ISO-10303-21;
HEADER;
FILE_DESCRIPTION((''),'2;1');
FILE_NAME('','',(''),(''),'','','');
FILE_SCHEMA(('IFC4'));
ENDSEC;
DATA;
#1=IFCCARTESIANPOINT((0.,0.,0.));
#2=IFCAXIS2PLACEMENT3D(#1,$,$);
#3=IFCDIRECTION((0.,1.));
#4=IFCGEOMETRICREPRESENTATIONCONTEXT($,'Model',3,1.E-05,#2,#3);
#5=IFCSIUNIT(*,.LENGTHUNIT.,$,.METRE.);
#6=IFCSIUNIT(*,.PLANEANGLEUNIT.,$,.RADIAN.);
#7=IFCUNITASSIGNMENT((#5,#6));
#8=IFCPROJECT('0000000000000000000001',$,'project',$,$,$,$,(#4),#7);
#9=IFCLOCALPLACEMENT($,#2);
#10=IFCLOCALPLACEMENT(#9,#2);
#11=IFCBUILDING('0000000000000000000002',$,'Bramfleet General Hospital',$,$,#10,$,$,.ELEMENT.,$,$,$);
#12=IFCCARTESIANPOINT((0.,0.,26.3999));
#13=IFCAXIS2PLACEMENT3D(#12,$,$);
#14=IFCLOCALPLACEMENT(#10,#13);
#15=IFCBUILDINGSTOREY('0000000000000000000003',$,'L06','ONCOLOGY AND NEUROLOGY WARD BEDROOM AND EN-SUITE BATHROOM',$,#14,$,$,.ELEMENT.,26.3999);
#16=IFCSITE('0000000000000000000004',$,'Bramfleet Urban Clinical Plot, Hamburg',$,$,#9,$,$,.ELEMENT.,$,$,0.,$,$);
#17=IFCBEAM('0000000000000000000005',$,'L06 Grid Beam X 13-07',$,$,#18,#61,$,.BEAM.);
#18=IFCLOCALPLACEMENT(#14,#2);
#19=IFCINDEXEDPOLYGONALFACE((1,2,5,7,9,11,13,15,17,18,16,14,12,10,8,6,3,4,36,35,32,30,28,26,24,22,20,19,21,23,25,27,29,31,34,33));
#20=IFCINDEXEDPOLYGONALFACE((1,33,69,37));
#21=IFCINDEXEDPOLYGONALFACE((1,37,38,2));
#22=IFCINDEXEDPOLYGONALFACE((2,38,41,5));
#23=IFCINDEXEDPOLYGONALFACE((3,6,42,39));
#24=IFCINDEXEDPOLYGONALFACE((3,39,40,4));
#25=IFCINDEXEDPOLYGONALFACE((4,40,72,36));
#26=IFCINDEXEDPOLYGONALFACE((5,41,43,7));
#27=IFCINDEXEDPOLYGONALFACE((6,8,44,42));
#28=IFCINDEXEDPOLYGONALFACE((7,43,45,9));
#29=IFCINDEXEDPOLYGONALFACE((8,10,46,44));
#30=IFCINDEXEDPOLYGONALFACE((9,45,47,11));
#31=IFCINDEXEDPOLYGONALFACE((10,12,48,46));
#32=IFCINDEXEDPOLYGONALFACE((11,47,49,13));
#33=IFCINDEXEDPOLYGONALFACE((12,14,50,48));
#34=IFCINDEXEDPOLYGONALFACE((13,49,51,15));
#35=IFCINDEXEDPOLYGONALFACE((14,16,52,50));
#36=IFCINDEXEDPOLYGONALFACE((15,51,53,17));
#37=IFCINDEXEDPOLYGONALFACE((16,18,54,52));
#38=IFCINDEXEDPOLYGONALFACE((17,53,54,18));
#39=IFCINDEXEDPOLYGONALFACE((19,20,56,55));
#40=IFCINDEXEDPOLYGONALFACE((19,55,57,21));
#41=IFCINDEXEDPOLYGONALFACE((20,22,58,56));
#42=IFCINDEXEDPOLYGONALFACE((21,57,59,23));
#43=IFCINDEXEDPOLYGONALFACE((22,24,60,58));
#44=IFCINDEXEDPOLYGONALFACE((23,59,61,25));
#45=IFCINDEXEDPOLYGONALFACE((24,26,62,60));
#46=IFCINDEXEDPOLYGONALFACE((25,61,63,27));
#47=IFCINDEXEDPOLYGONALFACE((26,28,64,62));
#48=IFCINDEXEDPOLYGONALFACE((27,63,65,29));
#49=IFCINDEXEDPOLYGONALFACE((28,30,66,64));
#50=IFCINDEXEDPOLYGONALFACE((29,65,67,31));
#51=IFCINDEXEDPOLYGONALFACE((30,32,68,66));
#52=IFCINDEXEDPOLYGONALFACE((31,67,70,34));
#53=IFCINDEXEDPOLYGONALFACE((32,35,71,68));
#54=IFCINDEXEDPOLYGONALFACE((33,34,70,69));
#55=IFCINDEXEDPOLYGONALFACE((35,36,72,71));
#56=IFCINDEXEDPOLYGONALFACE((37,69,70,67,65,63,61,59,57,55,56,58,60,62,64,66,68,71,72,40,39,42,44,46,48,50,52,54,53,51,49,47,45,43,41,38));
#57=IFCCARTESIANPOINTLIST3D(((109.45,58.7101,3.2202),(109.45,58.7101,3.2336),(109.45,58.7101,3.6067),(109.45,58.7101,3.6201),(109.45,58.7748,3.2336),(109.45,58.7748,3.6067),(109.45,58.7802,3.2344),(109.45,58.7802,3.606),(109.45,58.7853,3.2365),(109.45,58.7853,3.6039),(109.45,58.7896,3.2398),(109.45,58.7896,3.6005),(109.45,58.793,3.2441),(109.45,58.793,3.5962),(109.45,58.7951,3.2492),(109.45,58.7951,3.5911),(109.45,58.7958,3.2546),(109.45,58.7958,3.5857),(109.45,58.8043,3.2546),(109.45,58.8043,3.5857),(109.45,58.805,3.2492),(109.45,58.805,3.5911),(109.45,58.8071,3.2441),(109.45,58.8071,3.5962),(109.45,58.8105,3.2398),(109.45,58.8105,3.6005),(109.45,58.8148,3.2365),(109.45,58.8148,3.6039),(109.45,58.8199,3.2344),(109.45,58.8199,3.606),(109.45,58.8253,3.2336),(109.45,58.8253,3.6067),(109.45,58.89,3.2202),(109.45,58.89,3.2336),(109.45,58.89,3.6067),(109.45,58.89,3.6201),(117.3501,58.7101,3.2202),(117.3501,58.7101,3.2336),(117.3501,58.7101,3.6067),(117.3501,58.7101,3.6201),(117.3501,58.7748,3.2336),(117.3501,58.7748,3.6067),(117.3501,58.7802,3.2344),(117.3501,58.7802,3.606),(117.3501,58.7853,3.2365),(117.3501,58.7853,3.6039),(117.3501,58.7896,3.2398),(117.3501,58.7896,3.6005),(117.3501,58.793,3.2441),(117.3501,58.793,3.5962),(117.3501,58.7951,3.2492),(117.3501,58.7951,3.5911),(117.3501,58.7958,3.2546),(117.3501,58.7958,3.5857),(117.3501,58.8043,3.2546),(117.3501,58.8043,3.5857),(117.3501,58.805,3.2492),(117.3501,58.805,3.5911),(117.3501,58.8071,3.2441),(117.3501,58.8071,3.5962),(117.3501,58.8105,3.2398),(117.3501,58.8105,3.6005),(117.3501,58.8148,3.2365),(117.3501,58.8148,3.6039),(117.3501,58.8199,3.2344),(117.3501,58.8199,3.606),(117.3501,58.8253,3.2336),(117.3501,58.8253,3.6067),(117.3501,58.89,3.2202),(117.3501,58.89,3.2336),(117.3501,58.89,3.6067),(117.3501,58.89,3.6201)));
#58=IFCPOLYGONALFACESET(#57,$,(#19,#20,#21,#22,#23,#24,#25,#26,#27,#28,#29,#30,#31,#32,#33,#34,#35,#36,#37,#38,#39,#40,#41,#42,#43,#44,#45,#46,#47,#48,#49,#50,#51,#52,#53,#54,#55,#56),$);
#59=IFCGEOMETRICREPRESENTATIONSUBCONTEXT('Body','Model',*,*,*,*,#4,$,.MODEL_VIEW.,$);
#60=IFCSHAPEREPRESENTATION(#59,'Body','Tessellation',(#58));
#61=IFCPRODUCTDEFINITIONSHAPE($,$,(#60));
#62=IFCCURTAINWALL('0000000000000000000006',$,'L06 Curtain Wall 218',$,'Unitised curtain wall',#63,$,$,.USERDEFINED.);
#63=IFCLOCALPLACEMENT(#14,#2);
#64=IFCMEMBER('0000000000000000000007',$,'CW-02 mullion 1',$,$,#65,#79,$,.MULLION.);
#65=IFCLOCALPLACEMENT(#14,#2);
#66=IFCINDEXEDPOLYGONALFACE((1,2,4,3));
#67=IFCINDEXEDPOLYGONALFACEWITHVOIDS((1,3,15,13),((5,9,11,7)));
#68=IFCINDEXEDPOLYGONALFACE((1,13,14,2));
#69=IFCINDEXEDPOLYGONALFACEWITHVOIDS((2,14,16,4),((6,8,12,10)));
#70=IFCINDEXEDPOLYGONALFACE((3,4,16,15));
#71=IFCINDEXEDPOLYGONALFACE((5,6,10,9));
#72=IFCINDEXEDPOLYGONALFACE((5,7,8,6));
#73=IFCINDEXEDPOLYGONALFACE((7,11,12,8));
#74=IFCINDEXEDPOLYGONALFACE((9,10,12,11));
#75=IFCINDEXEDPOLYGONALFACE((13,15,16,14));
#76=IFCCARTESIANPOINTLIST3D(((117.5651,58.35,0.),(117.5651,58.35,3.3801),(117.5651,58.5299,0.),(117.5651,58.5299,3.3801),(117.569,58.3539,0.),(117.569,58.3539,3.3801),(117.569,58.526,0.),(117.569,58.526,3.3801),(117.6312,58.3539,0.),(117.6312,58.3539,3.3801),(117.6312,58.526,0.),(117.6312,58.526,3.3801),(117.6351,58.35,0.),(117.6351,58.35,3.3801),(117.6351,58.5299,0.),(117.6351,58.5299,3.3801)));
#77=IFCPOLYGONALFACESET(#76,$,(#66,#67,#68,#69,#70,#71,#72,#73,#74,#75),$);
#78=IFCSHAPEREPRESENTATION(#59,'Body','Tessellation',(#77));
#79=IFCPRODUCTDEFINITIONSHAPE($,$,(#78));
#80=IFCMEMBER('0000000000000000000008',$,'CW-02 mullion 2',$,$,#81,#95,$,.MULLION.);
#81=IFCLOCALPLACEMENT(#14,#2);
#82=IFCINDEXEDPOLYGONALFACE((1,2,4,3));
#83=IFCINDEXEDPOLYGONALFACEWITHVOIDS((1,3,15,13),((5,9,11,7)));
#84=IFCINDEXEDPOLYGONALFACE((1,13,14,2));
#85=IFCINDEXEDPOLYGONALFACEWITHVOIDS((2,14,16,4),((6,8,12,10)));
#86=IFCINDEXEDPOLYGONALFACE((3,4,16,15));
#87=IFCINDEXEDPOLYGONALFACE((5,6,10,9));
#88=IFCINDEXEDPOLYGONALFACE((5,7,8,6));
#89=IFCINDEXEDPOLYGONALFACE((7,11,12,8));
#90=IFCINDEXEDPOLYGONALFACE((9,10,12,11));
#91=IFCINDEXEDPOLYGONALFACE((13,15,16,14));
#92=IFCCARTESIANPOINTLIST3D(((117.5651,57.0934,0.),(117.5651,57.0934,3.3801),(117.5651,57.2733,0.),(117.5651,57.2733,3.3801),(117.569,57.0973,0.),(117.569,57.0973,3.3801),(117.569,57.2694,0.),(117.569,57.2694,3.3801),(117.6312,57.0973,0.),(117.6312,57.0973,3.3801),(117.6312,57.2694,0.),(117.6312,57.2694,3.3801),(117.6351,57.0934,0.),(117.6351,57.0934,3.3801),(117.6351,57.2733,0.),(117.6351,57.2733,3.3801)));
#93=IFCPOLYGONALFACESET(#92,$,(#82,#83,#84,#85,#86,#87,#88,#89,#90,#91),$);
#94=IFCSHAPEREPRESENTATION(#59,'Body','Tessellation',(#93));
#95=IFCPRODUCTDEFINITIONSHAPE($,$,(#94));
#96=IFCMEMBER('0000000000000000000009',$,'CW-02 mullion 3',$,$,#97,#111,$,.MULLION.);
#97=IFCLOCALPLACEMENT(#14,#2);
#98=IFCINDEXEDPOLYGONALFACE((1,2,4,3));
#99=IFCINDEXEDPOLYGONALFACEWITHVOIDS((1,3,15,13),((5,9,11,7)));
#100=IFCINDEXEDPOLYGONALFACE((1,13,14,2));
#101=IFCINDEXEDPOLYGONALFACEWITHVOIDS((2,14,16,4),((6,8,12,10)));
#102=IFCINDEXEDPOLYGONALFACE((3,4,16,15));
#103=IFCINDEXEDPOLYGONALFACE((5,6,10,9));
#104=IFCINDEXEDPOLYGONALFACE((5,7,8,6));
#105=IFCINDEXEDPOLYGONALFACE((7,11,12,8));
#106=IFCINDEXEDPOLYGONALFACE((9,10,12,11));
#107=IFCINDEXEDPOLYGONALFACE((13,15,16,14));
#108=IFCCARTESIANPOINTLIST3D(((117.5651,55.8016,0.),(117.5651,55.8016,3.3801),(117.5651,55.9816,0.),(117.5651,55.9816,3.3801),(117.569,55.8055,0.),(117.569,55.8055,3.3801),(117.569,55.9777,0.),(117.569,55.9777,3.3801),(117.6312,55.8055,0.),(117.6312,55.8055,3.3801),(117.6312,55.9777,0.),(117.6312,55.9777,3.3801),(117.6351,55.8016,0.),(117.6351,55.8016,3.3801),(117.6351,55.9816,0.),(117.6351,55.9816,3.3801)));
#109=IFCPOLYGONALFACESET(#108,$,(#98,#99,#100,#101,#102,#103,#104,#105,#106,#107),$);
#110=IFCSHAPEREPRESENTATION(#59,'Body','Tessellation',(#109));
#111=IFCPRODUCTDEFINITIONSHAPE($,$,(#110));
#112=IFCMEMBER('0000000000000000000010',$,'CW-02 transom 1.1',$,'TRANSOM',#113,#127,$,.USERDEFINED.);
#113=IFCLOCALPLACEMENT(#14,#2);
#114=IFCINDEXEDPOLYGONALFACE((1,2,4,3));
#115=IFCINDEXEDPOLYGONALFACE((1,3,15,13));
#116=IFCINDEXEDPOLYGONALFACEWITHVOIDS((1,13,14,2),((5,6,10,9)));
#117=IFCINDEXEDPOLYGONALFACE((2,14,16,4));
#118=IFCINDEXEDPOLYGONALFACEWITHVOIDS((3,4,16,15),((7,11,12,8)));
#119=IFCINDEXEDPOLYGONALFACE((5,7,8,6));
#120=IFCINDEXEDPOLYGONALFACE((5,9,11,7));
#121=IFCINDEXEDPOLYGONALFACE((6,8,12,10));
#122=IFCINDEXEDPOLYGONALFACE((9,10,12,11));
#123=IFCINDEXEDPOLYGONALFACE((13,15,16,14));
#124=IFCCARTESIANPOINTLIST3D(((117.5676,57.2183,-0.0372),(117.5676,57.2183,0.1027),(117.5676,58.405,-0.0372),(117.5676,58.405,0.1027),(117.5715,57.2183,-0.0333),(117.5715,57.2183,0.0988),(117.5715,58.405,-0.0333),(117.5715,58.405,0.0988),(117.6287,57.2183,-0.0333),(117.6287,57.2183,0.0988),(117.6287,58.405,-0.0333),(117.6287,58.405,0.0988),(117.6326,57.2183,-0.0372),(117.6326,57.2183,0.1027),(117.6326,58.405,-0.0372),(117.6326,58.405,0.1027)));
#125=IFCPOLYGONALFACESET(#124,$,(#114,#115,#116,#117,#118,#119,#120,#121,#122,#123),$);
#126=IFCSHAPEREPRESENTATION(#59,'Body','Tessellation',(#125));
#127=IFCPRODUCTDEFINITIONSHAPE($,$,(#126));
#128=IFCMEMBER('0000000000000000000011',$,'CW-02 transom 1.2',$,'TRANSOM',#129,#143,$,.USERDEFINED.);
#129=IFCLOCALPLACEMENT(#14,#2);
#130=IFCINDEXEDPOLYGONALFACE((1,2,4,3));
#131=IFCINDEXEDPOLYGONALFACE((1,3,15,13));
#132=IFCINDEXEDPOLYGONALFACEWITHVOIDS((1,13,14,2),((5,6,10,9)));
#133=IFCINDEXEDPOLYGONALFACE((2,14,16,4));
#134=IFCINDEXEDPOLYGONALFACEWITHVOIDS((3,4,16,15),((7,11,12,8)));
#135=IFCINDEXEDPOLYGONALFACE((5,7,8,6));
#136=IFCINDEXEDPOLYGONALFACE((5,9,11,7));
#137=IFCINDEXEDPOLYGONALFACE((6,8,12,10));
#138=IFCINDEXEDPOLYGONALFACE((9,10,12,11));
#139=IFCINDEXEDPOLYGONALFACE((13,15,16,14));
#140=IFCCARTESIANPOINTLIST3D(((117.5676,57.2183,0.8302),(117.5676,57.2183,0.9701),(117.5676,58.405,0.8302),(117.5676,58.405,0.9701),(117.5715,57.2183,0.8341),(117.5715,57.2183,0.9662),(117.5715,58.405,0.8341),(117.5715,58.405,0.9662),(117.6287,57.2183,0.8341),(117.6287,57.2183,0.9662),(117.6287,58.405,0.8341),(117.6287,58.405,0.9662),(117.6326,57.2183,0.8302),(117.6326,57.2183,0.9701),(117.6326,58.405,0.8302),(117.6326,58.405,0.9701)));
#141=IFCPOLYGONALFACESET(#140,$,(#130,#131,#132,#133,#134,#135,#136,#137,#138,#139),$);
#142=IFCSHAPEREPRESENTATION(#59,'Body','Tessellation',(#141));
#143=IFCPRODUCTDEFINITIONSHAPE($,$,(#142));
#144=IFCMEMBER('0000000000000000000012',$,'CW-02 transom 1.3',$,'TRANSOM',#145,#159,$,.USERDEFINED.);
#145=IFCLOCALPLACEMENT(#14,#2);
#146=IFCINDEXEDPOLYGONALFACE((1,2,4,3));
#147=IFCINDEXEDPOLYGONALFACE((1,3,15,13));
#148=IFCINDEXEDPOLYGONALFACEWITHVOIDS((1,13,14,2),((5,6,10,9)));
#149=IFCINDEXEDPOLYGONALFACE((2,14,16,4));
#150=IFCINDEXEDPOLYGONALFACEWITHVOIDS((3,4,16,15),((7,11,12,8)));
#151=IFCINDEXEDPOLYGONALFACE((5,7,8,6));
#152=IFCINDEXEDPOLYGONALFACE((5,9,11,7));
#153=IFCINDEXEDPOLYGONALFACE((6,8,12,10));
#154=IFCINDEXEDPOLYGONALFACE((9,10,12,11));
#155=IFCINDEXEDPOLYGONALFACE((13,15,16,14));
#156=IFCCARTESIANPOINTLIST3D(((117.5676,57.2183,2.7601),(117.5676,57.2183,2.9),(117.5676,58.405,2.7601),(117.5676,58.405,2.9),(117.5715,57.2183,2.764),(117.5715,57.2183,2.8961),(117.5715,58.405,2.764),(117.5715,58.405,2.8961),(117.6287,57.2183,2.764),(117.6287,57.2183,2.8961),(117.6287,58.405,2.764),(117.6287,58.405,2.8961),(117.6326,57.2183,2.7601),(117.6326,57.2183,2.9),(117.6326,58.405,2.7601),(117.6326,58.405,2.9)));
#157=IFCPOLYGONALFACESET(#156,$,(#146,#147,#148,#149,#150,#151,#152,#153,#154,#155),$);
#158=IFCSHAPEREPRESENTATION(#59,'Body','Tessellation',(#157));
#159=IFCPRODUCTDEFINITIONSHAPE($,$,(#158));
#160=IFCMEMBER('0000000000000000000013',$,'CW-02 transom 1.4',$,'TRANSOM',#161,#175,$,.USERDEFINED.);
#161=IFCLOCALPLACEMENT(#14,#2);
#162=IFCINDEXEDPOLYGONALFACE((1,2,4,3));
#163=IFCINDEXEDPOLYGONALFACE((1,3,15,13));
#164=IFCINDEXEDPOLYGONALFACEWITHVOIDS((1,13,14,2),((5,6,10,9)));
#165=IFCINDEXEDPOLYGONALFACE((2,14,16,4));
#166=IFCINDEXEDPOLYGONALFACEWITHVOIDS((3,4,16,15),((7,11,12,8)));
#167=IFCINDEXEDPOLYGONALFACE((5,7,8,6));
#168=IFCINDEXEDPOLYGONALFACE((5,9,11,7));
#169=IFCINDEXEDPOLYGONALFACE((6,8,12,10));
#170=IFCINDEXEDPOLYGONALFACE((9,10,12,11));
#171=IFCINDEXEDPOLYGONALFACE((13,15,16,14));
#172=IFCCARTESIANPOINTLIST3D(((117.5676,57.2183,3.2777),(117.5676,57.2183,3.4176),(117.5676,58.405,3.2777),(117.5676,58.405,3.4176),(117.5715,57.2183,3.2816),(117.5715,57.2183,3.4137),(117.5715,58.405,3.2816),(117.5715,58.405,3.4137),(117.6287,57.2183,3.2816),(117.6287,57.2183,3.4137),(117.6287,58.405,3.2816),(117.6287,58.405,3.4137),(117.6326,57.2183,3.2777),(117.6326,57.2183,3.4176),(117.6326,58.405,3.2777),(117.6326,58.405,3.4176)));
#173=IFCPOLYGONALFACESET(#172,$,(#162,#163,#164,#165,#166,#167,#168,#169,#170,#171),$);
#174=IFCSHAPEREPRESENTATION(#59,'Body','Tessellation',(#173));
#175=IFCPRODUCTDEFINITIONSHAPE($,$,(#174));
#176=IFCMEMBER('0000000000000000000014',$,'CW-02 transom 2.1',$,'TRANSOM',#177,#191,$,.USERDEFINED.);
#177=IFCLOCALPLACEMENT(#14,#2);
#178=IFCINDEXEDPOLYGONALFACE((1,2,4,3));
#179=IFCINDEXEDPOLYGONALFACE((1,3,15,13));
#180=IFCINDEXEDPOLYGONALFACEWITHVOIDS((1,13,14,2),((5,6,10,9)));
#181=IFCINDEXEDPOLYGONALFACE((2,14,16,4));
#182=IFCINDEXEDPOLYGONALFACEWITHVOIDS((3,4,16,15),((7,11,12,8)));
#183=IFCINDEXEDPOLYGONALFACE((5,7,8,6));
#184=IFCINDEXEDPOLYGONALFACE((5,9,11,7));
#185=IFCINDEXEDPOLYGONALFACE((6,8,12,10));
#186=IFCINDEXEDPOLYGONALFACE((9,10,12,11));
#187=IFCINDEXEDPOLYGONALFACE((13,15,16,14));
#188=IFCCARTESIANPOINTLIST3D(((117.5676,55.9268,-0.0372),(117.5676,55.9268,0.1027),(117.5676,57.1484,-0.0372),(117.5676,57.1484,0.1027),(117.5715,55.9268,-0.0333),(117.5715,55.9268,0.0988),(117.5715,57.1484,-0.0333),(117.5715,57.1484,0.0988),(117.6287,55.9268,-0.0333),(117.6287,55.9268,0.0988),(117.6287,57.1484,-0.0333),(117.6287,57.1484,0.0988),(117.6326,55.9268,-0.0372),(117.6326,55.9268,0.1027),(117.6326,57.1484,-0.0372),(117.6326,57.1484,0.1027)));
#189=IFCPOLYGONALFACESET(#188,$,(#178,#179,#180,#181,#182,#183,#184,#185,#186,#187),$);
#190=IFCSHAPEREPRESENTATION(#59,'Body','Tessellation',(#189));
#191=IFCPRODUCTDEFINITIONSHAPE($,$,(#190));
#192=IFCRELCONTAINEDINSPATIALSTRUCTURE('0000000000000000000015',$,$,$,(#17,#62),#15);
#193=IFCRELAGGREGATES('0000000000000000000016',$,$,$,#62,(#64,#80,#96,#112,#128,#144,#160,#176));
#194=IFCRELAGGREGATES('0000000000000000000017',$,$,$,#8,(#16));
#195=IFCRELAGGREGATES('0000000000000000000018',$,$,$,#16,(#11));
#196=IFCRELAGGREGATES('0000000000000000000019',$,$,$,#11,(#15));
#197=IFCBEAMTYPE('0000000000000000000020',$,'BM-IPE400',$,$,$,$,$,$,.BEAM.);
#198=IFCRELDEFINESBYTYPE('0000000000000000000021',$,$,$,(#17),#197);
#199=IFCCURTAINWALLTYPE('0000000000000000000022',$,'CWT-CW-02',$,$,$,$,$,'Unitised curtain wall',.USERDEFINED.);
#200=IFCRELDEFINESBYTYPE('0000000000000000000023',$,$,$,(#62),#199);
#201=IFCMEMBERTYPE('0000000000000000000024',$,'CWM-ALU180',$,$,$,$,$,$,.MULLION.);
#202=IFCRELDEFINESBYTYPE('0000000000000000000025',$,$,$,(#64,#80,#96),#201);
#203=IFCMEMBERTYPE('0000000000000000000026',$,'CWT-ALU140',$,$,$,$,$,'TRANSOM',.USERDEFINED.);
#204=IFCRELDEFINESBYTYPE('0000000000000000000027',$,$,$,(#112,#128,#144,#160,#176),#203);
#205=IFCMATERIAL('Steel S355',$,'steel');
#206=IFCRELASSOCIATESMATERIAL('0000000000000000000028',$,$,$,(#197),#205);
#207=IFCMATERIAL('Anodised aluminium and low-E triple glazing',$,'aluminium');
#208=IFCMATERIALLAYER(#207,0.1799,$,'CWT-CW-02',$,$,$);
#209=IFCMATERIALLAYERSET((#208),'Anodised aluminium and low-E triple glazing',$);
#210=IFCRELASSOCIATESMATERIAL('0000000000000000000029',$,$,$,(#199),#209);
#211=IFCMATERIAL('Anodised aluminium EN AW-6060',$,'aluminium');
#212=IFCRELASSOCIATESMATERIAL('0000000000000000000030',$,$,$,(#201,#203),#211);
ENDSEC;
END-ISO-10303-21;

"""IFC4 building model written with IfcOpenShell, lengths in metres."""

from ifc_helpers import new_model, si_unit, direction, frame, origin, origin_2d, place, context, subcontext, project, spatial, hollow_rectangle, i_section, extrude, material, layer, layer_set, material_profile, profile_set, type_object, element, aggregate, save


model = new_model("IFC4")

# Units and contexts
model_context = context("Model", 3, precision=1e-05, world=origin(), true_north=direction((0.0, 1.0)))
body_context = subcontext(model_context, "Body", "Model", "MODEL_VIEW")
ifc_project = project(units=[si_unit("LENGTHUNIT", "METRE"), si_unit("PLANEANGLEUNIT", "RADIAN")], contexts=[model_context])

# Site, building, storey
site_placement = place(None, origin())
site = spatial("IfcSite", under=ifc_project, at=site_placement, Name="Bramfleet Urban Clinical Plot, Hamburg", CompositionType="ELEMENT", RefElevation=0.0)
building_placement = place(site_placement, origin())
building = spatial("IfcBuilding", under=site, at=building_placement, Name="Bramfleet General Hospital", CompositionType="ELEMENT")
storey_placement = place(building_placement, frame((0.0, 0.0, 26.3999)))
storey = spatial("IfcBuildingStorey", under=building, at=storey_placement, Name="L06", Description="ONCOLOGY AND NEUROLOGY WARD BEDROOM AND EN-SUITE BATHROOM", CompositionType="ELEMENT", Elevation=26.3999)

# Beam
ifc_material_1 = material(Name="Steel S355", Category="steel")
ifc_material_profile_1 = material_profile(ifc_material_1, i_section(OverallWidth=0.1799, OverallDepth=0.3999, WebThickness=0.0085, FlangeThickness=0.0134, FilletRadius=0.021, at=origin_2d()), Name="IPE 400")
ifc_profile_set_1 = profile_set([ifc_material_profile_1], Name="Steel S355")
beam_type = type_object("IfcBeamType", Name="BM-IPE400", PredefinedType="BEAM", material=ifc_profile_set_1)
beam_placement = place(storey_placement, frame((109.45, 58.8, 3.4202), z_axis=(1.0, 0.0, 0.0), x_axis=(0.0, 1.0, 0.0)))
element("IfcBeam", 1, at=beam_placement, inside=storey, type_object=beam_type, Name="L06 Grid Beam X 13-07", PredefinedType="BEAM", context=body_context, shape_type="SweptSolid", body=[
    extrude(i_section(OverallWidth=0.1799, OverallDepth=0.3999, WebThickness=0.0085, FlangeThickness=0.0134, FilletRadius=0.021, at=origin_2d()), origin(), (0.0, 0.0, 1.0), 7.9001),
])

# Curtain wall, members
ifc_material_2 = material(Name="Anodised aluminium and low-E triple glazing", Category="aluminium")
ifc_layer_1 = layer(ifc_material_2, 0.1799, Name="CWT-CW-02")
ifc_layer_set_1 = layer_set([ifc_layer_1], Name="Anodised aluminium and low-E triple glazing")
curtain_wall_type = type_object("IfcCurtainWallType", Name="CWT-CW-02", ElementType="Unitised curtain wall", PredefinedType="USERDEFINED", material=ifc_layer_set_1)
curtain_wall_placement = place(storey_placement, origin())
curtain_wall = element("IfcCurtainWall", 2, at=curtain_wall_placement, inside=storey, type_object=curtain_wall_type, Name="L06 Curtain Wall 218", ObjectType="Unitised curtain wall", PredefinedType="USERDEFINED")
ifc_material_3 = material(Name="Anodised aluminium EN AW-6060", Category="aluminium")
ifc_material_profile_2 = material_profile(ifc_material_3, hollow_rectangle(XDim=0.0701, YDim=0.1799, WallThickness=0.0039, at=origin_2d()), Name="ALU 180x70x4.0")
ifc_profile_set_2 = profile_set([ifc_material_profile_2], Name="Anodised aluminium EN AW-6060")
member_type_1 = type_object("IfcMemberType", Name="CWM-ALU180", PredefinedType="MULLION", material=ifc_profile_set_2)
member_1_placement = place(storey_placement, frame((117.6001, 58.4399, 0.0), z_axis=(0.0, 0.0, 1.0), x_axis=(1.0, 0.0, 0.0)))
member_1 = element("IfcMember", 3, at=member_1_placement, type_object=member_type_1, Name="CW-02 mullion 1", PredefinedType="MULLION", context=body_context, shape_type="SweptSolid", body=[
    extrude(hollow_rectangle(XDim=0.0701, YDim=0.1799, WallThickness=0.0039, at=origin_2d()), origin(), (0.0, 0.0, 1.0), 3.3801),
])
member_2_placement = place(storey_placement, frame((117.6001, 57.1833, 0.0), z_axis=(0.0, 0.0, 1.0), x_axis=(1.0, 0.0, 0.0)))
member_2 = element("IfcMember", 4, at=member_2_placement, type_object=member_type_1, Name="CW-02 mullion 2", PredefinedType="MULLION", context=body_context, shape_type="SweptSolid", body=[
    extrude(hollow_rectangle(XDim=0.0701, YDim=0.1799, WallThickness=0.0039, at=origin_2d()), origin(), (0.0, 0.0, 1.0), 3.3801),
])
member_3_placement = place(storey_placement, frame((117.6001, 55.8916, 0.0), z_axis=(0.0, 0.0, 1.0), x_axis=(1.0, 0.0, 0.0)))
member_3 = element("IfcMember", 5, at=member_3_placement, type_object=member_type_1, Name="CW-02 mullion 3", PredefinedType="MULLION", context=body_context, shape_type="SweptSolid", body=[
    extrude(hollow_rectangle(XDim=0.0701, YDim=0.1799, WallThickness=0.0039, at=origin_2d()), origin(), (0.0, 0.0, 1.0), 3.3801),
])
ifc_material_profile_3 = material_profile(ifc_material_3, hollow_rectangle(XDim=0.0649, YDim=0.1399, WallThickness=0.0039, at=origin_2d()), Name="ALU 140x65x4.0")
ifc_profile_set_3 = profile_set([ifc_material_profile_3], Name="Anodised aluminium EN AW-6060")
member_type_2 = type_object("IfcMemberType", Name="CWT-ALU140", ElementType="TRANSOM", PredefinedType="USERDEFINED", material=ifc_profile_set_3)
member_4_placement = place(storey_placement, frame((117.6001, 58.405, 0.0327), z_axis=(0.0, -1.0, 0.0), x_axis=(1.0, 0.0, 0.0)))
member_4 = element("IfcMember", 6, at=member_4_placement, type_object=member_type_2, Name="CW-02 transom 1.1", ObjectType="TRANSOM", PredefinedType="USERDEFINED", context=body_context, shape_type="SweptSolid", body=[
    extrude(hollow_rectangle(XDim=0.0649, YDim=0.1399, WallThickness=0.0039, at=origin_2d()), origin(), (0.0, 0.0, 1.0), 1.1868),
])
member_5_placement = place(storey_placement, frame((117.6001, 58.405, 0.9001), z_axis=(0.0, -1.0, 0.0), x_axis=(1.0, 0.0, 0.0)))
member_5 = element("IfcMember", 7, at=member_5_placement, type_object=member_type_2, Name="CW-02 transom 1.2", ObjectType="TRANSOM", PredefinedType="USERDEFINED", context=body_context, shape_type="SweptSolid", body=[
    extrude(hollow_rectangle(XDim=0.0649, YDim=0.1399, WallThickness=0.0039, at=origin_2d()), origin(), (0.0, 0.0, 1.0), 1.1868),
])
member_6_placement = place(storey_placement, frame((117.6001, 58.405, 2.8301), z_axis=(0.0, -1.0, 0.0), x_axis=(1.0, 0.0, 0.0)))
member_6 = element("IfcMember", 8, at=member_6_placement, type_object=member_type_2, Name="CW-02 transom 1.3", ObjectType="TRANSOM", PredefinedType="USERDEFINED", context=body_context, shape_type="SweptSolid", body=[
    extrude(hollow_rectangle(XDim=0.0649, YDim=0.1399, WallThickness=0.0039, at=origin_2d()), origin(), (0.0, 0.0, 1.0), 1.1868),
])
member_7_placement = place(storey_placement, frame((117.6001, 58.405, 3.3477), z_axis=(0.0, -1.0, 0.0), x_axis=(1.0, 0.0, 0.0)))
member_7 = element("IfcMember", 9, at=member_7_placement, type_object=member_type_2, Name="CW-02 transom 1.4", ObjectType="TRANSOM", PredefinedType="USERDEFINED", context=body_context, shape_type="SweptSolid", body=[
    extrude(hollow_rectangle(XDim=0.0649, YDim=0.1399, WallThickness=0.0039, at=origin_2d()), origin(), (0.0, 0.0, 1.0), 1.1868),
])
member_8_placement = place(storey_placement, frame((117.6001, 57.1484, 0.0327), z_axis=(0.0, -1.0, 0.0), x_axis=(1.0, 0.0, 0.0)))
member_8 = element("IfcMember", 10, at=member_8_placement, type_object=member_type_2, Name="CW-02 transom 2.1", ObjectType="TRANSOM", PredefinedType="USERDEFINED", context=body_context, shape_type="SweptSolid", body=[
    extrude(hollow_rectangle(XDim=0.0649, YDim=0.1399, WallThickness=0.0039, at=origin_2d()), origin(), (0.0, 0.0, 1.0), 1.2217),
])
aggregate(curtain_wall, [member_1, member_2, member_3, member_4, member_5, member_6, member_7, member_8])

save(model, "model.ifc")
